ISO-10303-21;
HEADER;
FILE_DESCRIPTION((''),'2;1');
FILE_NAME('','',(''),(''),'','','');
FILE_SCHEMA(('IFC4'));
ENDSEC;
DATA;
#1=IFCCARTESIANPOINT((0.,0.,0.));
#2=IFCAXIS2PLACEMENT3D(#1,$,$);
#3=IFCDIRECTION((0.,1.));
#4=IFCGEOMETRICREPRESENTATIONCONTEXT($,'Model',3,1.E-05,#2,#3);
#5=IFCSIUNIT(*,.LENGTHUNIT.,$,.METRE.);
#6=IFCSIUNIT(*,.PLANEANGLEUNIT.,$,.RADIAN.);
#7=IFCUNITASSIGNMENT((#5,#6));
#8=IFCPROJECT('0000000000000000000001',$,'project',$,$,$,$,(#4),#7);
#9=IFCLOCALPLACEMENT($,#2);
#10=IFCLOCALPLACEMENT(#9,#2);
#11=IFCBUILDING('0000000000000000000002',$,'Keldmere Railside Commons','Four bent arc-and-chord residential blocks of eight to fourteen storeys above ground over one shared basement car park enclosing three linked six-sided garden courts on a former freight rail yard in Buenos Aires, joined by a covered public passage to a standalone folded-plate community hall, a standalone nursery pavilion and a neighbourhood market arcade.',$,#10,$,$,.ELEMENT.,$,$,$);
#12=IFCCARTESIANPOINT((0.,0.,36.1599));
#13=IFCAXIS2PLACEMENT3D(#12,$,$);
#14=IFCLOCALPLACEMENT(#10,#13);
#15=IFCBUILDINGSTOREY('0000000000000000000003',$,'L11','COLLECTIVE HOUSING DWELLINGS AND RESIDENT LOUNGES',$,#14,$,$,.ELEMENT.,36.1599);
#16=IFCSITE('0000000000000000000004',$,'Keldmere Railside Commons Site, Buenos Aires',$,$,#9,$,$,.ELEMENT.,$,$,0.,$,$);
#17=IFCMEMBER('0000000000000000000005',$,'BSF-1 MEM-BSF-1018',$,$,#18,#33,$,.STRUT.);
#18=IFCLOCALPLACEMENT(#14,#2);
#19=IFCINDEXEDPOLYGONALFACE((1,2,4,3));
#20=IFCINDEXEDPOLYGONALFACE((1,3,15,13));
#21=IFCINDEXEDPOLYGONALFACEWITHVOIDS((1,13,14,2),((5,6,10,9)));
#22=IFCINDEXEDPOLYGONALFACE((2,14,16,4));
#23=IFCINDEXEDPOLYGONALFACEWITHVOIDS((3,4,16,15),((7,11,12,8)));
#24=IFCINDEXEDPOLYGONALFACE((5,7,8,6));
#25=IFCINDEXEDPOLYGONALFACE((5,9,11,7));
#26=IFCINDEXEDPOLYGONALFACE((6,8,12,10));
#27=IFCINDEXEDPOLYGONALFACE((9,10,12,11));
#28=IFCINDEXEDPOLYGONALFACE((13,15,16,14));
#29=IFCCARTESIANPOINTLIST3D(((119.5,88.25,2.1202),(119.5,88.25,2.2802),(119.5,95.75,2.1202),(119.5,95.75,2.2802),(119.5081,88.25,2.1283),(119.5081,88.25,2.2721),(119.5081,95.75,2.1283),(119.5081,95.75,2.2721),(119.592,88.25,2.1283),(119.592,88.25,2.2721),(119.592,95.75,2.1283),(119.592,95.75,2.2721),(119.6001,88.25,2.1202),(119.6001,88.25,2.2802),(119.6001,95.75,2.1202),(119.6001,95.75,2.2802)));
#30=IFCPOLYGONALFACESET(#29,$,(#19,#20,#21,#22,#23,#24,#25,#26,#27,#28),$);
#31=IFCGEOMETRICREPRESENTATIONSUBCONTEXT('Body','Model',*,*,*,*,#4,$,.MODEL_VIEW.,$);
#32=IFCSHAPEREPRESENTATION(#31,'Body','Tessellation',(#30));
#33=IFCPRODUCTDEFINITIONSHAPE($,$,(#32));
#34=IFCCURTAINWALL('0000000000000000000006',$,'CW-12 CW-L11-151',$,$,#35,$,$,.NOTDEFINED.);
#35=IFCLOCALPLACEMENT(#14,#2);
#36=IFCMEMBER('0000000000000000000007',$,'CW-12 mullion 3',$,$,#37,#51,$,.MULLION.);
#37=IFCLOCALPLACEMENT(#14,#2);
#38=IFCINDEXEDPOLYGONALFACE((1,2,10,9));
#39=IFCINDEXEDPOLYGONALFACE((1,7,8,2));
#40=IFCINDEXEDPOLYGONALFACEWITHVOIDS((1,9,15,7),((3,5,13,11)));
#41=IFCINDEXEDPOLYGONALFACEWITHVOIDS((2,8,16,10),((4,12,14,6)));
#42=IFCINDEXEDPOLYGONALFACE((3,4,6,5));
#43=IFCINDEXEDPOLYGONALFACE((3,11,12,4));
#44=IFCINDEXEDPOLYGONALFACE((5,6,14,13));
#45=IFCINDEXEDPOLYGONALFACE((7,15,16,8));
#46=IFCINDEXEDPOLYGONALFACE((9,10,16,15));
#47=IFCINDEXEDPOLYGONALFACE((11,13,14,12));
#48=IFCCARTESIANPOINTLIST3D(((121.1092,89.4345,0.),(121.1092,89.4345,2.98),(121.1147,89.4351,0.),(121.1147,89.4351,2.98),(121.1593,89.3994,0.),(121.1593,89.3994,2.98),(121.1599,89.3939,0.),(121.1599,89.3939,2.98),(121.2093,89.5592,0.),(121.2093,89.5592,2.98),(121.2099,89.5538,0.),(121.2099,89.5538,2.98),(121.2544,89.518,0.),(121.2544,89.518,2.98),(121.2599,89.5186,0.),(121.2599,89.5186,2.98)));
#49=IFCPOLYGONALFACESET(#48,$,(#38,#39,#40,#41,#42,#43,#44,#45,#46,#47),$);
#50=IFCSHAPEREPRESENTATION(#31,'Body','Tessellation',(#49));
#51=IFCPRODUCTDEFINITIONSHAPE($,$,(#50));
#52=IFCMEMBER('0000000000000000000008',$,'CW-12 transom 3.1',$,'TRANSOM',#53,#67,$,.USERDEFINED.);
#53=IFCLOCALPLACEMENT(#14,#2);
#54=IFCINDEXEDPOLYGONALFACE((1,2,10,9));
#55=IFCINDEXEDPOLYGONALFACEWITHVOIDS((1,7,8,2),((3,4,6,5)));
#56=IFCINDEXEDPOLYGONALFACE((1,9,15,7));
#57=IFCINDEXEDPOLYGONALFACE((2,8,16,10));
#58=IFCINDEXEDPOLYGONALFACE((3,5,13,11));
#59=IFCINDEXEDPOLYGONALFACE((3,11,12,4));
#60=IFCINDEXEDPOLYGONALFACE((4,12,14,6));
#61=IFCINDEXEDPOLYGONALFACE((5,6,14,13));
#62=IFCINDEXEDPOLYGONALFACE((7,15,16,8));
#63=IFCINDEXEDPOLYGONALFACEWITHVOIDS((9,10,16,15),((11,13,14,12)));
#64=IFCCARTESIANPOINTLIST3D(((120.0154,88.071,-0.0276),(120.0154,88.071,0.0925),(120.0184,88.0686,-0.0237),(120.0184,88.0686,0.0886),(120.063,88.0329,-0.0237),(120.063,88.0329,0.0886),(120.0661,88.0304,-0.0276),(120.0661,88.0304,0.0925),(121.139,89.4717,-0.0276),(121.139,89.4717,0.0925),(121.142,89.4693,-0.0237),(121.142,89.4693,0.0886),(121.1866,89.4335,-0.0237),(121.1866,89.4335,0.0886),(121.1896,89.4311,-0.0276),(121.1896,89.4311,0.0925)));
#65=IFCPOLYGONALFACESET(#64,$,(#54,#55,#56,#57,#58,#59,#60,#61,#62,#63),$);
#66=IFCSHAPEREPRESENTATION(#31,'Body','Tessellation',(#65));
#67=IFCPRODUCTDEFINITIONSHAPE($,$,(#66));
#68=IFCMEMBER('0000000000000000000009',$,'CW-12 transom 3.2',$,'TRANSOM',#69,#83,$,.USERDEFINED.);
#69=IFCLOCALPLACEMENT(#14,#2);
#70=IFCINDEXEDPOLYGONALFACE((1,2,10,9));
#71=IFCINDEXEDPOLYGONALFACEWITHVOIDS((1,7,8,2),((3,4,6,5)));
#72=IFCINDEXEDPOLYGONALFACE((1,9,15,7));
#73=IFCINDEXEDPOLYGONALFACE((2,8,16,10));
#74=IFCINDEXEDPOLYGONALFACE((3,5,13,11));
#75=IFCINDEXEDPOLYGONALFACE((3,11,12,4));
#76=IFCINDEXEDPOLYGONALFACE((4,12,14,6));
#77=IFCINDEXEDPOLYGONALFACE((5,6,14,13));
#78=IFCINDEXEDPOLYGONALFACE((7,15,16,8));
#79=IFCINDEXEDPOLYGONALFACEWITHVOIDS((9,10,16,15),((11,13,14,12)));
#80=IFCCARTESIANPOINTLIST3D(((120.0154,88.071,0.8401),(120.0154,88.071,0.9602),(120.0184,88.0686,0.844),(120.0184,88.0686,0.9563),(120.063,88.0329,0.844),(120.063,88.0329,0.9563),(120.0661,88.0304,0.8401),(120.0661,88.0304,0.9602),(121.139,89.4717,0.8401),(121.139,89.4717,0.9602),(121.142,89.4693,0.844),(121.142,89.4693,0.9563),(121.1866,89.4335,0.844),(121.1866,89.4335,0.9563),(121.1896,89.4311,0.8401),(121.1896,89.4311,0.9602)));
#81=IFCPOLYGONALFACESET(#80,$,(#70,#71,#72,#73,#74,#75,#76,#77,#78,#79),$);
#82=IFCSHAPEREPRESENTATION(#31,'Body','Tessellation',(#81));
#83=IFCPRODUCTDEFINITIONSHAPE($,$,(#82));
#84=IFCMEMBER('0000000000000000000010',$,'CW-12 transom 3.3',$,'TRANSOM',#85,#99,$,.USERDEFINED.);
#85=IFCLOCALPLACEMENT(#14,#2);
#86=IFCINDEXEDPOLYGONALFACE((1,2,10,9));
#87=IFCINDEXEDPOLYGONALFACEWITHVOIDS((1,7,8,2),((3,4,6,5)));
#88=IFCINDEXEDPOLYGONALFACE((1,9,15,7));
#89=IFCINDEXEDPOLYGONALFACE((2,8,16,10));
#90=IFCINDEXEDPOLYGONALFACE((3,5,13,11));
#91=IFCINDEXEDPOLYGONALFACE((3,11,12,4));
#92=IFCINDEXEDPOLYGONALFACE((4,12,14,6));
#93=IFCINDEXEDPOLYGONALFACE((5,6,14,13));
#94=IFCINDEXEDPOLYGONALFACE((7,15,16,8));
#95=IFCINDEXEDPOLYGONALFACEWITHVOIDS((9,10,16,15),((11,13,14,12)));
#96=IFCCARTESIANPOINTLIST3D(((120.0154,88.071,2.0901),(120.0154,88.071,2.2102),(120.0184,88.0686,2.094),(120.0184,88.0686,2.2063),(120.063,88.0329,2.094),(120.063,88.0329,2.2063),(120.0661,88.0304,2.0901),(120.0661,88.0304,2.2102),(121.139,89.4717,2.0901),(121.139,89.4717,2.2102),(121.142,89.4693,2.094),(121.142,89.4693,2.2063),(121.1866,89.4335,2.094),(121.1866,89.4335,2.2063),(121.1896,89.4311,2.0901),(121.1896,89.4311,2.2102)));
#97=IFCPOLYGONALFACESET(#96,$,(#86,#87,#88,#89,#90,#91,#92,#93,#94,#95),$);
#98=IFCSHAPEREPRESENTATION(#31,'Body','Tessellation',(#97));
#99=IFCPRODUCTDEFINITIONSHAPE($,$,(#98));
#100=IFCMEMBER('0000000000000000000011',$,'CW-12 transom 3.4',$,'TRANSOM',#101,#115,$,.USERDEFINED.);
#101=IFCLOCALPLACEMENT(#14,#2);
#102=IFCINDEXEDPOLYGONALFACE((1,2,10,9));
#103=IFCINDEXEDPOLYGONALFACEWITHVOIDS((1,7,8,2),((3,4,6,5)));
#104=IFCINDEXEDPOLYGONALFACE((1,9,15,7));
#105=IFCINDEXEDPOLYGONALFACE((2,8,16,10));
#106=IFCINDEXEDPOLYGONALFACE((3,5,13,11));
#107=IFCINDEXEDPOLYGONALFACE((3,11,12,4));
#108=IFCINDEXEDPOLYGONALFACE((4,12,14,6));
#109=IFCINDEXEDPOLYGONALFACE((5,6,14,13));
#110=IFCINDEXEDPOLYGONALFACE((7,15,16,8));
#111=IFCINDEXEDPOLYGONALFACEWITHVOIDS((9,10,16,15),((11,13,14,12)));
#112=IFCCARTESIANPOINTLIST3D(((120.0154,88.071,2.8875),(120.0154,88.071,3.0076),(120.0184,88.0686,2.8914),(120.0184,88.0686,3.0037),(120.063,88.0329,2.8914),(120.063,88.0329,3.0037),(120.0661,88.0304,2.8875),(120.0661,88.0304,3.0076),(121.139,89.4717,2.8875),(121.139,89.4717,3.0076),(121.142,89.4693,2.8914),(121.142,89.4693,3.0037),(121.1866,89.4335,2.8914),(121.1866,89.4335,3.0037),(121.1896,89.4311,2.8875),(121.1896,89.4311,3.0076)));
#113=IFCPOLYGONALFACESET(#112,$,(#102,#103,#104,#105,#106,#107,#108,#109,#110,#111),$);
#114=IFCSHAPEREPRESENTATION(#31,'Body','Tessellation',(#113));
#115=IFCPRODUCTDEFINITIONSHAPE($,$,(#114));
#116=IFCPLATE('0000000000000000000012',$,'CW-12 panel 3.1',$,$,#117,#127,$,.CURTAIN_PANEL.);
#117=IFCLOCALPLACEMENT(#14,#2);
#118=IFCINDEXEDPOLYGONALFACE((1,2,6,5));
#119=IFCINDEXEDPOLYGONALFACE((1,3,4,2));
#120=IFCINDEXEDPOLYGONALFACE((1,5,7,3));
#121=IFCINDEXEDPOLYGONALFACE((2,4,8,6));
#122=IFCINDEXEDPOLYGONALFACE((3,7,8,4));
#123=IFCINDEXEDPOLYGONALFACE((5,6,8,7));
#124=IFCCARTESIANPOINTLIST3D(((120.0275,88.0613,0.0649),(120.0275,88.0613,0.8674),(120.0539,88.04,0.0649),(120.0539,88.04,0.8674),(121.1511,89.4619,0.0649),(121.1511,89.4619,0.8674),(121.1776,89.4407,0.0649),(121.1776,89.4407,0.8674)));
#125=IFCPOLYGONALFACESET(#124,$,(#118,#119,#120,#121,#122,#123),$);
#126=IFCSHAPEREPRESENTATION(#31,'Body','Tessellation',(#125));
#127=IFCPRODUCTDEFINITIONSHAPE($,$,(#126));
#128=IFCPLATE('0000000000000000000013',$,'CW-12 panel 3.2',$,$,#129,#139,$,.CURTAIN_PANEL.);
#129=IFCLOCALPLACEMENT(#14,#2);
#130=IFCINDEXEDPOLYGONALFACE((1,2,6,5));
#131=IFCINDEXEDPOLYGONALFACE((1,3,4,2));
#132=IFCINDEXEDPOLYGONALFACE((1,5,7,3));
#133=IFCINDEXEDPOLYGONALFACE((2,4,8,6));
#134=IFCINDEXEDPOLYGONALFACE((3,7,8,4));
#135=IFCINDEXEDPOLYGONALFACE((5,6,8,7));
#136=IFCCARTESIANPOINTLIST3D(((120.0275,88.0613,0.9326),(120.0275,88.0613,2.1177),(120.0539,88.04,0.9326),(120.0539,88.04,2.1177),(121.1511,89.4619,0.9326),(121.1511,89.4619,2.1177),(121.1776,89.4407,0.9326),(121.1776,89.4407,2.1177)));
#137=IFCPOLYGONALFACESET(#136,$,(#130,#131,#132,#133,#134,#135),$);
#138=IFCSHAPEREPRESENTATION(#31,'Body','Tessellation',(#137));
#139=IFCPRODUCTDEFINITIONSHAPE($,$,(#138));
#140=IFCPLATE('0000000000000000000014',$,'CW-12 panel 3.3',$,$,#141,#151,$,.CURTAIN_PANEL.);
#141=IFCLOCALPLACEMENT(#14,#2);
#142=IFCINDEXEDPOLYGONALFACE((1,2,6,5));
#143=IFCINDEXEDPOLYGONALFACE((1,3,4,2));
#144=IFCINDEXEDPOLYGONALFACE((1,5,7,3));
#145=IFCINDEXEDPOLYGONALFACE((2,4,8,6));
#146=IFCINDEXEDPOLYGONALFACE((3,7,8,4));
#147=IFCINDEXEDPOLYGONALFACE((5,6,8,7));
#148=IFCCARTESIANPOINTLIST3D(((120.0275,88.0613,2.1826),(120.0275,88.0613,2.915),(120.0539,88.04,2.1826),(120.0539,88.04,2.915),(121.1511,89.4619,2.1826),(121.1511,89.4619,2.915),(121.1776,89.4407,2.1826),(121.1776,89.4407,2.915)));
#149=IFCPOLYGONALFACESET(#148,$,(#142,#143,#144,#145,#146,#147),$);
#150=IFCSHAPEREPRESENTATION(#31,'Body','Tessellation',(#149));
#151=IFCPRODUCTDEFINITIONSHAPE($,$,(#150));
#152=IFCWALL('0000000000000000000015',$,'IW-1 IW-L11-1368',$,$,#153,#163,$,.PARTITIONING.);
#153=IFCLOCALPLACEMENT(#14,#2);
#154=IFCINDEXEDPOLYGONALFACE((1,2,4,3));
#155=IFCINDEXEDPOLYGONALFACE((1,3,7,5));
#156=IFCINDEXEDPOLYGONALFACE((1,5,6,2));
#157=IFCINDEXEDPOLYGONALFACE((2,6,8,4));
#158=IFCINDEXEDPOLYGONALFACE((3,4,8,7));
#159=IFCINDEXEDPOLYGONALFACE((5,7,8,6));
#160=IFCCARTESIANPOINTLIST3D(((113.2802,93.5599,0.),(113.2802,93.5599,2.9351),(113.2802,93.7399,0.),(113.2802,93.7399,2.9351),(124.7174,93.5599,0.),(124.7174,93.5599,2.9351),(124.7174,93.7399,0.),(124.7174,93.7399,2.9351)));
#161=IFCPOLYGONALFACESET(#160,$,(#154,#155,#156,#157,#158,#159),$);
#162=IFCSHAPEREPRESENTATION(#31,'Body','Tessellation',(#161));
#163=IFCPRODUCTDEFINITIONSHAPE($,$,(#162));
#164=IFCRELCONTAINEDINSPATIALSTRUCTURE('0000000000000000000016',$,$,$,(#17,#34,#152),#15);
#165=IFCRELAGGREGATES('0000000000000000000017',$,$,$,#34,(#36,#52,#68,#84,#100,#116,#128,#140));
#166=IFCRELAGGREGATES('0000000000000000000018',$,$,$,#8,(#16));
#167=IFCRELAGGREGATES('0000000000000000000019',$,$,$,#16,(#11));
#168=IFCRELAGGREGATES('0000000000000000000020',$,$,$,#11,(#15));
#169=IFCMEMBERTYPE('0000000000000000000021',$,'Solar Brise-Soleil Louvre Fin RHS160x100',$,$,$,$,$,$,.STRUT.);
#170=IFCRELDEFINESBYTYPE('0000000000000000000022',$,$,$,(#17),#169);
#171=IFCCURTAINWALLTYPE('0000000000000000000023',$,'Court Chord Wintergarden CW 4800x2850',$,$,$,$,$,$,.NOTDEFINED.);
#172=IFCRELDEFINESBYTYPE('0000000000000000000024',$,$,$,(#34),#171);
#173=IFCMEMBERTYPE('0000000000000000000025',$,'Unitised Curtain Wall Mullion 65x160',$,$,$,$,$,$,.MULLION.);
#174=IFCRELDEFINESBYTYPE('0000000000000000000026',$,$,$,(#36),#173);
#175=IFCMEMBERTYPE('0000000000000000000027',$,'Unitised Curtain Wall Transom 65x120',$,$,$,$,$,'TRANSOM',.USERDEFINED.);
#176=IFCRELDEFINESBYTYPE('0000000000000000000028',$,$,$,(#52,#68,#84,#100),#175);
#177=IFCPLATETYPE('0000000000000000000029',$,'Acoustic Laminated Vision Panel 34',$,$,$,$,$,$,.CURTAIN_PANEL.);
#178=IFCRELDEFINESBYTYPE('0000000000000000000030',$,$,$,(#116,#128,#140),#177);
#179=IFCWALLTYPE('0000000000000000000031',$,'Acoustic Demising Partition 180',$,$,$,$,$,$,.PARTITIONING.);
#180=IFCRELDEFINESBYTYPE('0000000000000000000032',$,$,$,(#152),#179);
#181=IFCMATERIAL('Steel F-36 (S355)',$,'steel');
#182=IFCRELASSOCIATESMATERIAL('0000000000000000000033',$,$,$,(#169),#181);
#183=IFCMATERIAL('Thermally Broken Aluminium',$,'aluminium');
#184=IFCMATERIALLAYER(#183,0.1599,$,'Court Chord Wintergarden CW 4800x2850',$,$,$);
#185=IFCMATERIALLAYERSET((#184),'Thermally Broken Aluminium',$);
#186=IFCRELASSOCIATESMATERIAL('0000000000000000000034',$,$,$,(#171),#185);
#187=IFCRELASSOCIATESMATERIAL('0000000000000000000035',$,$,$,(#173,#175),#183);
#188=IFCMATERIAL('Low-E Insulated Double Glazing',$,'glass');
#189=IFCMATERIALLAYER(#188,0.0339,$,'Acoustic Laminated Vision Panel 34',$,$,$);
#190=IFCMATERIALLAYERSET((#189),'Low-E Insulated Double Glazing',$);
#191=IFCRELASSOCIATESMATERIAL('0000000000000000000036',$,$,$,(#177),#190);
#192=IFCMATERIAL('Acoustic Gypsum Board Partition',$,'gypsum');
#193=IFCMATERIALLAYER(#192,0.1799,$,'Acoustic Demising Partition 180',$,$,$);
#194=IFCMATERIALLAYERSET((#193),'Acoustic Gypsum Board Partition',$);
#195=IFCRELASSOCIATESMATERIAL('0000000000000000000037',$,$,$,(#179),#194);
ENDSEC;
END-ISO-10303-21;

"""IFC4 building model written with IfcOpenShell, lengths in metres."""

from ifc_helpers import new_model, si_unit, direction, frame, frame_2d, origin, origin_2d, place, context, subcontext, project, spatial, rectangle, hollow_rectangle, extrude, material, layer, layer_set, material_profile, profile_set, type_object, element, aggregate, save


model = new_model("IFC4")

# Units and contexts
model_context = context("Model", 3, precision=1e-05, world=origin(), true_north=direction((0.0, 1.0)))
body_context = subcontext(model_context, "Body", "Model", "MODEL_VIEW")
ifc_project = project(units=[si_unit("LENGTHUNIT", "METRE"), si_unit("PLANEANGLEUNIT", "RADIAN")], contexts=[model_context])

# Site, building, storey
site_placement = place(None, origin())
site = spatial("IfcSite", under=ifc_project, at=site_placement, Name="Keldmere Railside Commons Site, Buenos Aires", CompositionType="ELEMENT", RefElevation=0.0)
building_placement = place(site_placement, origin())
building = spatial("IfcBuilding", under=site, at=building_placement, Name="Keldmere Railside Commons", Description="Four bent arc-and-chord residential blocks of eight to fourteen storeys above ground over one shared basement car park enclosing three linked six-sided garden courts on a former freight rail yard in Buenos Aires, joined by a covered public passage to a standalone folded-plate community hall, a standalone nursery pavilion and a neighbourhood market arcade.", CompositionType="ELEMENT")
storey_placement = place(building_placement, frame((0.0, 0.0, 36.1599)))
storey = spatial("IfcBuildingStorey", under=building, at=storey_placement, Name="L11", Description="COLLECTIVE HOUSING DWELLINGS AND RESIDENT LOUNGES", CompositionType="ELEMENT", Elevation=36.1599)

# Member
ifc_material_1 = material(Name="Steel F-36 (S355)", Category="steel")
ifc_material_profile_1 = material_profile(ifc_material_1, hollow_rectangle(XDim=0.1001, YDim=0.1599, WallThickness=0.0081, at=origin_2d()), Name="RHS-160x100x8")
ifc_profile_set_1 = profile_set([ifc_material_profile_1], Name="Steel F-36 (S355)")
member_type_1 = type_object("IfcMemberType", Name="Solar Brise-Soleil Louvre Fin RHS160x100", PredefinedType="STRUT", material=ifc_profile_set_1)
member_1_placement = place(storey_placement, frame((119.55, 88.25, 2.2002), z_axis=(0.0, 1.0, 0.0), x_axis=(-1.0, 0.0, 0.0)))
element("IfcMember", 1, at=member_1_placement, inside=storey, type_object=member_type_1, Name="BSF-1 MEM-BSF-1018", PredefinedType="STRUT", context=body_context, shape_type="SweptSolid", body=[
    extrude(hollow_rectangle(XDim=0.1001, YDim=0.1599, WallThickness=0.0081, at=origin_2d()), origin(), (0.0, 0.0, 1.0), 7.5),
])

# Curtain wall, members, plates
ifc_material_2 = material(Name="Thermally Broken Aluminium", Category="aluminium")
ifc_layer_1 = layer(ifc_material_2, 0.1599, Name="Court Chord Wintergarden CW 4800x2850")
ifc_layer_set_1 = layer_set([ifc_layer_1], Name="Thermally Broken Aluminium")
curtain_wall_type = type_object("IfcCurtainWallType", Name="Court Chord Wintergarden CW 4800x2850", PredefinedType="NOTDEFINED", material=ifc_layer_set_1)
curtain_wall_placement = place(storey_placement, origin())
curtain_wall = element("IfcCurtainWall", 2, at=curtain_wall_placement, inside=storey, type_object=curtain_wall_type, Name="CW-12 CW-L11-151", PredefinedType="NOTDEFINED")
ifc_material_profile_2 = material_profile(ifc_material_2, hollow_rectangle(XDim=0.0649, YDim=0.1599, WallThickness=0.0039, at=origin_2d()), Name="ALU-MULL-65x160")
ifc_profile_set_2 = profile_set([ifc_material_profile_2], Name="Thermally Broken Aluminium")
member_type_2 = type_object("IfcMemberType", Name="Unitised Curtain Wall Mullion 65x160", PredefinedType="MULLION", material=ifc_profile_set_2)
member_2_placement = place(storey_placement, frame((121.1846, 89.4766, 0.0), z_axis=(0.0, 0.0, 1.0), x_axis=(0.780009, -0.625768, 0.0)))
member_2 = element("IfcMember", 3, at=member_2_placement, type_object=member_type_2, Name="CW-12 mullion 3", PredefinedType="MULLION", context=body_context, shape_type="SweptSolid", body=[
    extrude(hollow_rectangle(XDim=0.0649, YDim=0.1599, WallThickness=0.0039, at=origin_2d()), origin(), (0.0, 0.0, 1.0), 2.98),
])
ifc_material_profile_3 = material_profile(ifc_material_2, hollow_rectangle(XDim=0.0649, YDim=0.1201, WallThickness=0.0039, at=origin_2d()), Name="ALU-TRAN-65x120")
ifc_profile_set_3 = profile_set([ifc_material_profile_3], Name="Thermally Broken Aluminium")
member_type_3 = type_object("IfcMemberType", Name="Unitised Curtain Wall Transom 65x120", ElementType="TRANSOM", PredefinedType="USERDEFINED", material=ifc_profile_set_3)
member_3_placement = place(storey_placement, frame((121.1643, 89.4514, 0.0325), z_axis=(-0.625723, -0.780046, 0.0), x_axis=(0.780046, -0.625723, 0.0)))
member_3 = element("IfcMember", 4, at=member_3_placement, type_object=member_type_3, Name="CW-12 transom 3.1", ObjectType="TRANSOM", PredefinedType="USERDEFINED", context=body_context, shape_type="SweptSolid", body=[
    extrude(hollow_rectangle(XDim=0.0649, YDim=0.1201, WallThickness=0.0039, at=origin_2d()), origin(), (0.0, 0.0, 1.0), 1.7957),
])
member_4_placement = place(storey_placement, frame((121.1643, 89.4514, 0.9001), z_axis=(-0.625723, -0.780046, 0.0), x_axis=(0.780046, -0.625723, 0.0)))
member_4 = element("IfcMember", 5, at=member_4_placement, type_object=member_type_3, Name="CW-12 transom 3.2", ObjectType="TRANSOM", PredefinedType="USERDEFINED", context=body_context, shape_type="SweptSolid", body=[
    extrude(hollow_rectangle(XDim=0.0649, YDim=0.1201, WallThickness=0.0039, at=origin_2d()), origin(), (0.0, 0.0, 1.0), 1.7957),
])
member_5_placement = place(storey_placement, frame((121.1643, 89.4514, 2.1501), z_axis=(-0.625723, -0.780046, 0.0), x_axis=(0.780046, -0.625723, 0.0)))
member_5 = element("IfcMember", 6, at=member_5_placement, type_object=member_type_3, Name="CW-12 transom 3.3", ObjectType="TRANSOM", PredefinedType="USERDEFINED", context=body_context, shape_type="SweptSolid", body=[
    extrude(hollow_rectangle(XDim=0.0649, YDim=0.1201, WallThickness=0.0039, at=origin_2d()), origin(), (0.0, 0.0, 1.0), 1.7957),
])
member_6_placement = place(storey_placement, frame((121.1643, 89.4514, 2.9475), z_axis=(-0.625723, -0.780046, 0.0), x_axis=(0.780046, -0.625723, 0.0)))
member_6 = element("IfcMember", 7, at=member_6_placement, type_object=member_type_3, Name="CW-12 transom 3.4", ObjectType="TRANSOM", PredefinedType="USERDEFINED", context=body_context, shape_type="SweptSolid", body=[
    extrude(hollow_rectangle(XDim=0.0649, YDim=0.1201, WallThickness=0.0039, at=origin_2d()), origin(), (0.0, 0.0, 1.0), 1.7957),
])
ifc_material_3 = material(Name="Low-E Insulated Double Glazing", Category="glass")
ifc_layer_2 = layer(ifc_material_3, 0.0339, Name="Acoustic Laminated Vision Panel 34")
ifc_layer_set_2 = layer_set([ifc_layer_2], Name="Low-E Insulated Double Glazing")
plate_type = type_object("IfcPlateType", Name="Acoustic Laminated Vision Panel 34", PredefinedType="CURTAIN_PANEL", material=ifc_layer_set_2)
plate_1_placement = place(storey_placement, frame((120.6025, 88.751, 0.0649), z_axis=(0.0, 0.0, 1.0), x_axis=(-0.625768, -0.780009, 0.0)))
plate_1 = element("IfcPlate", 8, at=plate_1_placement, type_object=plate_type, Name="CW-12 panel 3.1", PredefinedType="CURTAIN_PANEL", context=body_context, shape_type="SweptSolid", body=[
    extrude(rectangle(XDim=1.7957, YDim=0.0339, at=origin_2d()), origin(), (0.0, 0.0, 1.0), 0.8025),
])
plate_2_placement = place(storey_placement, frame((120.6025, 88.751, 0.9326), z_axis=(0.0, 0.0, 1.0), x_axis=(-0.625768, -0.780009, 0.0)))
plate_2 = element("IfcPlate", 9, at=plate_2_placement, type_object=plate_type, Name="CW-12 panel 3.2", PredefinedType="CURTAIN_PANEL", context=body_context, shape_type="SweptSolid", body=[
    extrude(rectangle(XDim=1.7957, YDim=0.0339, at=origin_2d()), origin(), (0.0, 0.0, 1.0), 1.1851),
])
plate_3_placement = place(storey_placement, frame((120.6025, 88.751, 2.1826), z_axis=(0.0, 0.0, 1.0), x_axis=(-0.625768, -0.780009, 0.0)))
plate_3 = element("IfcPlate", 10, at=plate_3_placement, type_object=plate_type, Name="CW-12 panel 3.3", PredefinedType="CURTAIN_PANEL", context=body_context, shape_type="SweptSolid", body=[
    extrude(rectangle(XDim=1.7957, YDim=0.0339, at=origin_2d()), origin(), (0.0, 0.0, 1.0), 0.7324),
])
aggregate(curtain_wall, [member_2, member_3, member_4, member_5, member_6, plate_1, plate_2, plate_3])

# Wall
ifc_material_4 = material(Name="Acoustic Gypsum Board Partition", Category="gypsum")
ifc_layer_3 = layer(ifc_material_4, 0.1799, Name="Acoustic Demising Partition 180")
ifc_layer_set_3 = layer_set([ifc_layer_3], Name="Acoustic Gypsum Board Partition")
wall_type_1 = type_object("IfcWallType", Name="Acoustic Demising Partition 180", PredefinedType="PARTITIONING", material=ifc_layer_set_3)
wall_1_placement = place(storey_placement, frame((113.28, 93.6499, 0.0), z_axis=(0.0, 0.0, 1.0), x_axis=(1.0, 0.0, 0.0)))
element("IfcWall", 11, at=wall_1_placement, inside=storey, type_object=wall_type_1, Name="IW-1 IW-L11-1368", PredefinedType="PARTITIONING", context=body_context, shape_type="SweptSolid", body=[
    extrude(rectangle(XDim=11.4373, YDim=0.1799, at=frame_2d((5.7188, 0.0))), origin(), (0.0, 0.0, 1.0), 2.9351),
])

save(model, "model.ifc")
